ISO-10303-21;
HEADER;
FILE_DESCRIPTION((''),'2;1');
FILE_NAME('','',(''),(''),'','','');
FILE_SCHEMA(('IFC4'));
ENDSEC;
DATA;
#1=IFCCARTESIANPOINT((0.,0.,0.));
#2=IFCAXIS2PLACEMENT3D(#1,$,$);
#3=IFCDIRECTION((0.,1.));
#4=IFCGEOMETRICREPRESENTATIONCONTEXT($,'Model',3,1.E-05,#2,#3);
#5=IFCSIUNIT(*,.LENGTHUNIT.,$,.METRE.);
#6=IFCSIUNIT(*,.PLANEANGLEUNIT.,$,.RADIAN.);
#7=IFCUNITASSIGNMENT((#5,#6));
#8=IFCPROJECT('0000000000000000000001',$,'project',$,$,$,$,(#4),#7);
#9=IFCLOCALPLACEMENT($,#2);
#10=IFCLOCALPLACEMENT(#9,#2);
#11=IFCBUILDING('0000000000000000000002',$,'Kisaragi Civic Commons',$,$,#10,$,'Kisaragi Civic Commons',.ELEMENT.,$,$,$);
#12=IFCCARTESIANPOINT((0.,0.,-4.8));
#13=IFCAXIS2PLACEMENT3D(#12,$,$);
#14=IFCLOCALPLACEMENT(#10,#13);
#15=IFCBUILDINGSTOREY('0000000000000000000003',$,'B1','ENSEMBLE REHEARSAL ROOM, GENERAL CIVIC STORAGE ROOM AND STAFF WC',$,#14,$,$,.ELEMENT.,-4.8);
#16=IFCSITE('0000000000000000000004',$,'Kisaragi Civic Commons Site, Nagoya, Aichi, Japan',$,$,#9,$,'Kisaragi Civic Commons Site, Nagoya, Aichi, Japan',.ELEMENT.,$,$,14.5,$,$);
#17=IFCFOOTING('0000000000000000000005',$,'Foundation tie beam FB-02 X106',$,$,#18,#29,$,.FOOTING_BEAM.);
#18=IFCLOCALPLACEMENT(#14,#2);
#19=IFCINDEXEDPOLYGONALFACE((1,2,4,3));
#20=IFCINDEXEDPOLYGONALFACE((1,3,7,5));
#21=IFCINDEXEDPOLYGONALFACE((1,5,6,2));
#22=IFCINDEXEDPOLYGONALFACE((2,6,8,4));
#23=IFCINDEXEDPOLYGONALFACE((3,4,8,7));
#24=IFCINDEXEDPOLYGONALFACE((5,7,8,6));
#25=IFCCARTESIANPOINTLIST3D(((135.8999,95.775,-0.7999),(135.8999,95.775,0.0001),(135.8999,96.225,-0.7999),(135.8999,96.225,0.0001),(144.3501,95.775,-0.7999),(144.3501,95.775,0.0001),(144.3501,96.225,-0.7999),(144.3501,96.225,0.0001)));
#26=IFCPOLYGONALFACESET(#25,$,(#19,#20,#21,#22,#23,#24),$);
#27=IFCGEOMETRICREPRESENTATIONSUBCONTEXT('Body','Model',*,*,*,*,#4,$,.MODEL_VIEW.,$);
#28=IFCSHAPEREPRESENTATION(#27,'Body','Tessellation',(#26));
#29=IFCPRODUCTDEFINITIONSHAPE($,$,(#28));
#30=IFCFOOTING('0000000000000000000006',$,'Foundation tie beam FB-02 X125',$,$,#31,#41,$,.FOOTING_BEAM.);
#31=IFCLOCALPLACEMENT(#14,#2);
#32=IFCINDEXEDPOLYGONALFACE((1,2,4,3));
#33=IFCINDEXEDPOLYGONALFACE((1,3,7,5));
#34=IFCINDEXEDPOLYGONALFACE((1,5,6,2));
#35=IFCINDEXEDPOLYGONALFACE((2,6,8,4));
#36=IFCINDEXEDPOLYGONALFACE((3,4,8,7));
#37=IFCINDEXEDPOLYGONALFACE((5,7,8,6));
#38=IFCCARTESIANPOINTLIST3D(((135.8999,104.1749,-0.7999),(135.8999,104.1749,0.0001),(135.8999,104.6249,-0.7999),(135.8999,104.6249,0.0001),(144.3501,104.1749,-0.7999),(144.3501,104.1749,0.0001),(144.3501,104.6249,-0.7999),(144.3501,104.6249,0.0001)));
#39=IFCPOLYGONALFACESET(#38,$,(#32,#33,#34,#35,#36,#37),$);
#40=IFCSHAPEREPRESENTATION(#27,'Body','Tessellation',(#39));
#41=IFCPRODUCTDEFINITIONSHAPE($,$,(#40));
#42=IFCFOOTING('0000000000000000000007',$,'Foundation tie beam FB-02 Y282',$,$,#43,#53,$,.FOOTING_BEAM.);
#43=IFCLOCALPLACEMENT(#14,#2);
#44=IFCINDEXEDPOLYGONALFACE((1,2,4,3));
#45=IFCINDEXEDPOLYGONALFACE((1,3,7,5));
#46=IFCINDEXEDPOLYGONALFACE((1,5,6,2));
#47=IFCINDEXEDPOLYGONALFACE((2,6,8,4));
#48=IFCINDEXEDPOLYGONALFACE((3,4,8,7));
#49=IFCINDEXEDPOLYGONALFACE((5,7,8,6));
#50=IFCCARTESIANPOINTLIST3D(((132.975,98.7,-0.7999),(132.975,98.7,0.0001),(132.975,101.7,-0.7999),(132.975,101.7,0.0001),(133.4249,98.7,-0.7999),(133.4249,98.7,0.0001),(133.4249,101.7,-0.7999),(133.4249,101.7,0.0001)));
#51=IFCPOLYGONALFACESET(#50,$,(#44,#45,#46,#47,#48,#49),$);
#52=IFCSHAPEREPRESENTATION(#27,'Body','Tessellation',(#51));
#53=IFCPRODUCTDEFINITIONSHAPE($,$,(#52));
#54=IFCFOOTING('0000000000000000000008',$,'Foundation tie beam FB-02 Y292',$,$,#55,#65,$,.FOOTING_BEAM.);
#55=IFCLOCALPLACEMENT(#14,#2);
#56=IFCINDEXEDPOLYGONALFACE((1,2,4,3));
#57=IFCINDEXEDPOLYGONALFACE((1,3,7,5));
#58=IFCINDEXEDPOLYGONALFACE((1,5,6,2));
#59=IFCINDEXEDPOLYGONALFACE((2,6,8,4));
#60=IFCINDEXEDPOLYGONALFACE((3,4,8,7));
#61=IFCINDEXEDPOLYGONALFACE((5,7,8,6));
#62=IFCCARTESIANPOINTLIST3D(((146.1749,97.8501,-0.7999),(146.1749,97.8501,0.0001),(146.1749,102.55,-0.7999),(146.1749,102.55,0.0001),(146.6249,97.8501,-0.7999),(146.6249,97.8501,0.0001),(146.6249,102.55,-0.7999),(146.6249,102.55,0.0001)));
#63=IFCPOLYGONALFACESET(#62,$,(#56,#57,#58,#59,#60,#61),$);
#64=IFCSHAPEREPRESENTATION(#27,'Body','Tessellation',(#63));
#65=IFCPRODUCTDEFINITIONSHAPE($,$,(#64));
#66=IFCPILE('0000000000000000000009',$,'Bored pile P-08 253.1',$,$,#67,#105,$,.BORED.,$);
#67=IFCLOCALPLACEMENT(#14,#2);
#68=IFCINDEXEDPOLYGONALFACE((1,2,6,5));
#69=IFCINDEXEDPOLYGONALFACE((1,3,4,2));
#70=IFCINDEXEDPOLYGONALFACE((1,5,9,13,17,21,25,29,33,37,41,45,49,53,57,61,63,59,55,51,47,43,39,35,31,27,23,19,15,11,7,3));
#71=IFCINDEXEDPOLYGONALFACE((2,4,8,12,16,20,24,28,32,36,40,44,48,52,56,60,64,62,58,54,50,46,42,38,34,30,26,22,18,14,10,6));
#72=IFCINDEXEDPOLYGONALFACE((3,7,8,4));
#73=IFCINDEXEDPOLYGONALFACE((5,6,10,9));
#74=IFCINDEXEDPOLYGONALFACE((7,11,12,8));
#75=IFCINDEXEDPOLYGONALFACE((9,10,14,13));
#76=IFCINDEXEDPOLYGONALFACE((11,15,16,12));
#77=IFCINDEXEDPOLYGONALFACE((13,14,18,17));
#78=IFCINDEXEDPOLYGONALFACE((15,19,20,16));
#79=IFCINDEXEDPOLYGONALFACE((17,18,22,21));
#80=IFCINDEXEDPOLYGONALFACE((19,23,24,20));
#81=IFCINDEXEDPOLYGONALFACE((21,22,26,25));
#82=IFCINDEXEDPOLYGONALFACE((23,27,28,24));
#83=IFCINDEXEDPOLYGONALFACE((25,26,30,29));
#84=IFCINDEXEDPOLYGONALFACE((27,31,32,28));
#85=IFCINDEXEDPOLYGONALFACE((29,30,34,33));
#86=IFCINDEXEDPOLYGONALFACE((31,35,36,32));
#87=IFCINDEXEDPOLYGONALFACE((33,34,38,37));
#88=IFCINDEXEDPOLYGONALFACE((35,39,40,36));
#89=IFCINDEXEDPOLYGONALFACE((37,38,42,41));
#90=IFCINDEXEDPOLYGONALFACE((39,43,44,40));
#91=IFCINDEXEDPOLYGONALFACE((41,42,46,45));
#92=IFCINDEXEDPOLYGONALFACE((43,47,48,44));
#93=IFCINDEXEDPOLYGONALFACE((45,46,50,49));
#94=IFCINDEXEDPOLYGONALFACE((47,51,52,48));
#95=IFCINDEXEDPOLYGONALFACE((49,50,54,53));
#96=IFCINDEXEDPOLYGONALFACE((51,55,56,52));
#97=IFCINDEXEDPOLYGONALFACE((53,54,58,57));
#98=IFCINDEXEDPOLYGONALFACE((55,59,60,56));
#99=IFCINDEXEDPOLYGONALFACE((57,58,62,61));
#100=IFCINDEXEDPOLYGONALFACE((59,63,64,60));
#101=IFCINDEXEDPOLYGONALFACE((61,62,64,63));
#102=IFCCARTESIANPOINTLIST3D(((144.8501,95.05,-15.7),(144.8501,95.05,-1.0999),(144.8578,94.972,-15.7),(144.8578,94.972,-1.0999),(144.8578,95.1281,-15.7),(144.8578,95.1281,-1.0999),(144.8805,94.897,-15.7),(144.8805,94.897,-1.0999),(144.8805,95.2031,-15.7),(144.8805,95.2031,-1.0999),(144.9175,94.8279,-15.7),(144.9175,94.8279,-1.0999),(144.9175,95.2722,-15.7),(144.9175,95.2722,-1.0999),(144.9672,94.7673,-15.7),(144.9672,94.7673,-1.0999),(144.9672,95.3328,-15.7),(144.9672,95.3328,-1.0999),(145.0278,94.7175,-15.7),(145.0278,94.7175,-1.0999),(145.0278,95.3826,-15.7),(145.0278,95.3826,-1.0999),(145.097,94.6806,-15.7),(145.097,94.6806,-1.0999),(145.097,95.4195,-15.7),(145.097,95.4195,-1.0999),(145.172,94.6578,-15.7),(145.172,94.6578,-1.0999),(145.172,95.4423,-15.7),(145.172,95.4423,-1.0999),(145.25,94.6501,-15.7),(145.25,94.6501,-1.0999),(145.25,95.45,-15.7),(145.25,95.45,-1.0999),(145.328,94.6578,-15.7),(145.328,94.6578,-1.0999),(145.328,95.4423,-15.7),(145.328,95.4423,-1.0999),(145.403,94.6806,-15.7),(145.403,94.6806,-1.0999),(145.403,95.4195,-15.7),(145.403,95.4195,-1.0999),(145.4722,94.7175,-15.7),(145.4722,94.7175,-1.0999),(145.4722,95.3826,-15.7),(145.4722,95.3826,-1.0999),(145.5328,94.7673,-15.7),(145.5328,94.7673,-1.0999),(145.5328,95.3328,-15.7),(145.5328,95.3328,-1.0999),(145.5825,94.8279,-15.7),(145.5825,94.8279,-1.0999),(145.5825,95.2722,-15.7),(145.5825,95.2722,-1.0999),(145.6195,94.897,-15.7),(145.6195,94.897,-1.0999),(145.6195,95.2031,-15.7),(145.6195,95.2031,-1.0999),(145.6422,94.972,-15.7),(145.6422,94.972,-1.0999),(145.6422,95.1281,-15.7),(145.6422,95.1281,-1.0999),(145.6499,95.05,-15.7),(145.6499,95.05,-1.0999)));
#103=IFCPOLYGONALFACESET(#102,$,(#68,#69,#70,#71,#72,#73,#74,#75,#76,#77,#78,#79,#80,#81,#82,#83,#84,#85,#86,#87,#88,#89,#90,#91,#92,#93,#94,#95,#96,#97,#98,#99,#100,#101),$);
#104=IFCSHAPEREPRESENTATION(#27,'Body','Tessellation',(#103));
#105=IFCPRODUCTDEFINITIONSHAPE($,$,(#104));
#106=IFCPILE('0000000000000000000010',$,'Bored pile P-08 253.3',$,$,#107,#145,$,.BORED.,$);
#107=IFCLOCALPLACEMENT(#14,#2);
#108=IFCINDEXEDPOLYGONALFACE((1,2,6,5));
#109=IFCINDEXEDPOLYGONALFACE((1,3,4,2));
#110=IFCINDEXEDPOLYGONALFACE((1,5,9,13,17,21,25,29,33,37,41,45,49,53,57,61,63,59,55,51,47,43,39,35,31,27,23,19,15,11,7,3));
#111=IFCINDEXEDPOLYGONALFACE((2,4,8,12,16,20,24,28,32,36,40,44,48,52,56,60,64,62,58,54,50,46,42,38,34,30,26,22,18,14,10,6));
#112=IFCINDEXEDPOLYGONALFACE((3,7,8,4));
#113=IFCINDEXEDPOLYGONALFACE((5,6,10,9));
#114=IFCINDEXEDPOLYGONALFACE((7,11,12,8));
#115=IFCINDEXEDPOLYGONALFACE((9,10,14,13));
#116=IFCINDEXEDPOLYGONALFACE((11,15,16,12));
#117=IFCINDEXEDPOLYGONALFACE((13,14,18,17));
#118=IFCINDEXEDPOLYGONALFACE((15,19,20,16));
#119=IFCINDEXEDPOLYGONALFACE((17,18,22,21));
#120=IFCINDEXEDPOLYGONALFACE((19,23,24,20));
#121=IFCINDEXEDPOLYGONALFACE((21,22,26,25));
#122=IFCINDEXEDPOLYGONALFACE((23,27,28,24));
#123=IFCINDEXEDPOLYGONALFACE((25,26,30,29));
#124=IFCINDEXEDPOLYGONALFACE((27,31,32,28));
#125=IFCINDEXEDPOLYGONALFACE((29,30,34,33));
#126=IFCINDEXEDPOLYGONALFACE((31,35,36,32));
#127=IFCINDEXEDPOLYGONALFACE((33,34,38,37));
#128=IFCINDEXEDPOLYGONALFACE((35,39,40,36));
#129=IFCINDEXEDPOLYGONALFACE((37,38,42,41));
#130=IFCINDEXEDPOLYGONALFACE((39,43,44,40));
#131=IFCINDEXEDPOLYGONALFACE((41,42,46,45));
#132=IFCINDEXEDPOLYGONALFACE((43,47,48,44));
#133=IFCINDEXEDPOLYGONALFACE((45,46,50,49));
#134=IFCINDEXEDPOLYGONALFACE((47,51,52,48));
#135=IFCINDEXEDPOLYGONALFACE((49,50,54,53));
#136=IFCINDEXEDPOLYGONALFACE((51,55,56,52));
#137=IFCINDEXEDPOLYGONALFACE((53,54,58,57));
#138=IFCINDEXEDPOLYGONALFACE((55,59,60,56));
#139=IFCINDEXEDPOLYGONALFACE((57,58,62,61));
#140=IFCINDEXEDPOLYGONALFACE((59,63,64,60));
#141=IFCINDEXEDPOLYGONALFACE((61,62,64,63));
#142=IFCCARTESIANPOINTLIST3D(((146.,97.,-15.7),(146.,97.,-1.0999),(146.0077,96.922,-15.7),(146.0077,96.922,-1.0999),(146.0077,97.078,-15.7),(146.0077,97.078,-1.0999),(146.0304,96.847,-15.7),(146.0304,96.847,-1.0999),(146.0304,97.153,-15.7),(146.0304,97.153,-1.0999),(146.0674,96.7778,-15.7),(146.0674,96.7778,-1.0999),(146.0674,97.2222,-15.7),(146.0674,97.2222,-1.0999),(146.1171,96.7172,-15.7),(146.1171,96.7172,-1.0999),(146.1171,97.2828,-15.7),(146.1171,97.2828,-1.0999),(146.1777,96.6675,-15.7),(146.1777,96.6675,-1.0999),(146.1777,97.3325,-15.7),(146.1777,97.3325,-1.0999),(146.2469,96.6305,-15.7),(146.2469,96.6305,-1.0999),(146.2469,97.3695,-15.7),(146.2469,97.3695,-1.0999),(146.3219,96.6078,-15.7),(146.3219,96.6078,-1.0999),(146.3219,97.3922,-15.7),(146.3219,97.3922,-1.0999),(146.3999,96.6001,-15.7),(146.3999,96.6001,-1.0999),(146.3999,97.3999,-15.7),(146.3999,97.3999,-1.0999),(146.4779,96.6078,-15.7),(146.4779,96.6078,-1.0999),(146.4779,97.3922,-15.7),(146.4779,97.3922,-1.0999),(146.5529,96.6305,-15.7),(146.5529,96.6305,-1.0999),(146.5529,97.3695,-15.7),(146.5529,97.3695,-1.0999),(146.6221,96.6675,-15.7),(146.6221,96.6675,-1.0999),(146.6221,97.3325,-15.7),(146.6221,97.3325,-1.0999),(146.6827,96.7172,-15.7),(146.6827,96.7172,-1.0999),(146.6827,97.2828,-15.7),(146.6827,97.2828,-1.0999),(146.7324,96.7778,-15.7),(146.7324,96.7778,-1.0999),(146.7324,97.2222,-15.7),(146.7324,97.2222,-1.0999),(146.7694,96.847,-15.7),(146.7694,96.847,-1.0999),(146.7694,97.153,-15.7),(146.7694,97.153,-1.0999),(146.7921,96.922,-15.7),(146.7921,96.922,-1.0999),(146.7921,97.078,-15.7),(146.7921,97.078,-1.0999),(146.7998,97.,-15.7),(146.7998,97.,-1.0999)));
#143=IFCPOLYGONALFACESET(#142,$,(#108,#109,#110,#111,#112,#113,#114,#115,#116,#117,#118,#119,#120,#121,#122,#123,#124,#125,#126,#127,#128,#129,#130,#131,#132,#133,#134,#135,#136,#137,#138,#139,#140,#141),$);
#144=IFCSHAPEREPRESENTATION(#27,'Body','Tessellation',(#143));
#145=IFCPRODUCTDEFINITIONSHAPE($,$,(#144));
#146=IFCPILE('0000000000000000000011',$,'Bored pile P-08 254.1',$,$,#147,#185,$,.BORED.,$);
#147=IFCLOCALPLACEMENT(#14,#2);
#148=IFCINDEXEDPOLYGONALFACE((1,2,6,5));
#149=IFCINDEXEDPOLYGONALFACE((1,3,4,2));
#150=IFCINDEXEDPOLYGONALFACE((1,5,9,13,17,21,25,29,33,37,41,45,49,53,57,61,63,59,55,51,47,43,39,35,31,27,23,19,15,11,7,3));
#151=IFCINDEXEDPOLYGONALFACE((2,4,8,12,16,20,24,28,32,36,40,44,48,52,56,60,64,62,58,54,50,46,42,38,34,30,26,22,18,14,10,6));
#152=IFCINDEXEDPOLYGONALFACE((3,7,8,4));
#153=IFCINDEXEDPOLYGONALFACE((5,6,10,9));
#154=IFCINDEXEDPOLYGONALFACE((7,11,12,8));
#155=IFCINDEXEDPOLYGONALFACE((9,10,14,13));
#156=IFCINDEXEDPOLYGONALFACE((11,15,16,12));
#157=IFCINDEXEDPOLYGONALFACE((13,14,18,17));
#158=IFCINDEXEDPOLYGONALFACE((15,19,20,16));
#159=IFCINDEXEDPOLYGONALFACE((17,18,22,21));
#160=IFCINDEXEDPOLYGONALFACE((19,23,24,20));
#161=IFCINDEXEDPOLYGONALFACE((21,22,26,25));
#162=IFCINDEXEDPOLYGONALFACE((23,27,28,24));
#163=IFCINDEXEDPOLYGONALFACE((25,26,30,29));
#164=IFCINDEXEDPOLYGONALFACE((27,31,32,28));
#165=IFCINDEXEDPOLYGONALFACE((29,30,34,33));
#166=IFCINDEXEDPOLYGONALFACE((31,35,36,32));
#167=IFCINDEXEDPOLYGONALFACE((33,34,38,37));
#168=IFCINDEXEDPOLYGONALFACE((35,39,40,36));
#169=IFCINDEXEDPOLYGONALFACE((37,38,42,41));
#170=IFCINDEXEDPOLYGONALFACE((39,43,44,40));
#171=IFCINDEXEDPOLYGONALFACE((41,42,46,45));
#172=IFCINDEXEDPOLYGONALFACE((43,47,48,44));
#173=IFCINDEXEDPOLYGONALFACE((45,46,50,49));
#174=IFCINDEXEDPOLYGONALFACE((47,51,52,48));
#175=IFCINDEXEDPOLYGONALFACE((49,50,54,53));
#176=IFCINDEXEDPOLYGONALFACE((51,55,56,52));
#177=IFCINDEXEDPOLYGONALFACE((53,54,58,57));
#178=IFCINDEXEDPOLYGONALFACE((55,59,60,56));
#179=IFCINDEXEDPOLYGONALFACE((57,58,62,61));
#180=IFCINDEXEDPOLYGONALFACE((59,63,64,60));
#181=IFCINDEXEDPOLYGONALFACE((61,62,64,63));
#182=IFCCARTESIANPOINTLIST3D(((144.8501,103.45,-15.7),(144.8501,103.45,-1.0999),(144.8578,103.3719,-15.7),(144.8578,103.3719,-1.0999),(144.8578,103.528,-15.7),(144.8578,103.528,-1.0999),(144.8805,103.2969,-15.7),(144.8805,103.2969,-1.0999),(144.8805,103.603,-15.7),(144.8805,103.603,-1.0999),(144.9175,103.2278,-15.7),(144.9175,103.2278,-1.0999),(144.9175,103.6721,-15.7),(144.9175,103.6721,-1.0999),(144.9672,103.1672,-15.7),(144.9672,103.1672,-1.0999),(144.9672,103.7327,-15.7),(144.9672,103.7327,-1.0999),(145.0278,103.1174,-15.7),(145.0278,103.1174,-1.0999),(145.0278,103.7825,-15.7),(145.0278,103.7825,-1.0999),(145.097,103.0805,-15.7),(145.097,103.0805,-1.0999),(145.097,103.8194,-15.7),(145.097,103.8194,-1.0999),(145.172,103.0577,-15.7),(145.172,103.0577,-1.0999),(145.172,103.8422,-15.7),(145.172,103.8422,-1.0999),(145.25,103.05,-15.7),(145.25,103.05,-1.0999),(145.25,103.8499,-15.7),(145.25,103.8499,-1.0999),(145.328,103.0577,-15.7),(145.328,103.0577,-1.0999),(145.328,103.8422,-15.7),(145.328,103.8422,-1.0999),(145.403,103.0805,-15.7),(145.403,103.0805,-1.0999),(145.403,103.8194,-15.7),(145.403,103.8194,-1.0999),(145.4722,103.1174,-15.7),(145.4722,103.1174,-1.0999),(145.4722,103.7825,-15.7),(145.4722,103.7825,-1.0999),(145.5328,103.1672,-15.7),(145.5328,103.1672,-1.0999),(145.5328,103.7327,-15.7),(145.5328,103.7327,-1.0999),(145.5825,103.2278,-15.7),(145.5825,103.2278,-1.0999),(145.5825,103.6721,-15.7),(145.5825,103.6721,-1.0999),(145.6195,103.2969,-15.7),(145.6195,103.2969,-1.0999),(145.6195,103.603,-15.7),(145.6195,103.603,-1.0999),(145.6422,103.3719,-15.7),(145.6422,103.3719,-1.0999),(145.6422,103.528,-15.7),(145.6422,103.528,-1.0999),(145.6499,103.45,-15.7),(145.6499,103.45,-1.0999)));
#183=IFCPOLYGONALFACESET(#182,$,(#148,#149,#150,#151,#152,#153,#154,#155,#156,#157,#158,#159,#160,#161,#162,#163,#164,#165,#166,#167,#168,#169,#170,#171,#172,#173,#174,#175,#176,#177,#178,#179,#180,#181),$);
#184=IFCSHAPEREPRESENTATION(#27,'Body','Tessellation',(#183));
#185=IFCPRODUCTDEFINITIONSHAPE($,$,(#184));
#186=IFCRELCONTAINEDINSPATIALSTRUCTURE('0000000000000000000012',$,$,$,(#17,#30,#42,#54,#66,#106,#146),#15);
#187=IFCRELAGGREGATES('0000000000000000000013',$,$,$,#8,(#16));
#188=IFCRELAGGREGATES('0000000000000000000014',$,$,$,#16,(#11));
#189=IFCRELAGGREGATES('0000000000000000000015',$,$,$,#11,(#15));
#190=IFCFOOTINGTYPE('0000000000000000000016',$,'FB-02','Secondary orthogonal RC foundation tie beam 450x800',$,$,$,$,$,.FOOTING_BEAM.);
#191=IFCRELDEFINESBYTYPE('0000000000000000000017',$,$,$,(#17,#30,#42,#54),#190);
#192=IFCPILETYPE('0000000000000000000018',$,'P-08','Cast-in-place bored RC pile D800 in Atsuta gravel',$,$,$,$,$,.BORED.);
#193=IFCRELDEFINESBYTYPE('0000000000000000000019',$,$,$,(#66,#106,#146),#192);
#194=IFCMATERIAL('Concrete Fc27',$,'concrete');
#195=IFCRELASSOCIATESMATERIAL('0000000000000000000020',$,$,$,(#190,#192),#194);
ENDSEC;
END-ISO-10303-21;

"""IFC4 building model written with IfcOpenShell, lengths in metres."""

from ifc_helpers import new_model, si_unit, direction, frame, origin, origin_2d, place, context, subcontext, project, spatial, rectangle, circle, extrude, material, material_profile, profile_set, type_object, element, save


model = new_model("IFC4")

# Units and contexts
model_context = context("Model", 3, precision=1e-05, world=origin(), true_north=direction((0.0, 1.0)))
body_context = subcontext(model_context, "Body", "Model", "MODEL_VIEW")
ifc_project = project(units=[si_unit("LENGTHUNIT", "METRE"), si_unit("PLANEANGLEUNIT", "RADIAN")], contexts=[model_context])

# Site, building, storey
site_placement = place(None, origin())
site = spatial("IfcSite", under=ifc_project, at=site_placement, Name="Kisaragi Civic Commons Site, Nagoya, Aichi, Japan", LongName="Kisaragi Civic Commons Site, Nagoya, Aichi, Japan", CompositionType="ELEMENT", RefElevation=14.5)
building_placement = place(site_placement, origin())
building = spatial("IfcBuilding", under=site, at=building_placement, Name="Kisaragi Civic Commons", LongName="Kisaragi Civic Commons", CompositionType="ELEMENT")
storey_placement = place(building_placement, frame((0.0, 0.0, -4.8)))
storey = spatial("IfcBuildingStorey", under=building, at=storey_placement, Name="B1", Description="ENSEMBLE REHEARSAL ROOM, GENERAL CIVIC STORAGE ROOM AND STAFF WC", CompositionType="ELEMENT", Elevation=-4.8)

# Footings
ifc_material_1 = material(Name="Concrete Fc27", Category="concrete")
ifc_material_profile_1 = material_profile(ifc_material_1, rectangle(XDim=0.45, YDim=0.8, at=origin_2d()), Name="RC-450x800", Category="concrete")
ifc_profile_set_1 = profile_set([ifc_material_profile_1], Name="Concrete Fc27")
footing_type_1 = type_object("IfcFootingType", Name="FB-02", Description="Secondary orthogonal RC foundation tie beam 450x800", PredefinedType="FOOTING_BEAM", material=ifc_profile_set_1)
for number, where, z_axis, x_axis, name in (
    (1, (135.8999, 96.0, -0.3999), (1.0, 0.0, 0.0), (0.0, 1.0, 0.0), "Foundation tie beam FB-02 X106"),
    (2, (135.8999, 104.3999, -0.3999), (1.0, 0.0, 0.0), (0.0, 1.0, 0.0), "Foundation tie beam FB-02 X125"),
):
    element("IfcFooting", number, at=place(storey_placement, frame(where, z_axis=z_axis, x_axis=x_axis)), inside=storey, type_object=footing_type_1, Name=name, PredefinedType="FOOTING_BEAM", context=body_context, shape_type="SweptSolid", body=[
        extrude(rectangle(XDim=0.45, YDim=0.8, at=origin_2d()), origin(), (0.0, 0.0, 1.0), 8.4502),
    ])
footing_1_placement = place(storey_placement, frame((133.2, 98.7, -0.3999), z_axis=(0.0, 1.0, 0.0), x_axis=(-1.0, 0.0, 0.0)))
element("IfcFooting", 3, at=footing_1_placement, inside=storey, type_object=footing_type_1, Name="Foundation tie beam FB-02 Y282", PredefinedType="FOOTING_BEAM", context=body_context, shape_type="SweptSolid", body=[
    extrude(rectangle(XDim=0.45, YDim=0.8, at=origin_2d()), origin(), (0.0, 0.0, 1.0), 3.0),
])
footing_2_placement = place(storey_placement, frame((146.3999, 97.8501, -0.3999), z_axis=(0.0, 1.0, 0.0), x_axis=(-1.0, 0.0, 0.0)))
element("IfcFooting", 4, at=footing_2_placement, inside=storey, type_object=footing_type_1, Name="Foundation tie beam FB-02 Y292", PredefinedType="FOOTING_BEAM", context=body_context, shape_type="SweptSolid", body=[
    extrude(rectangle(XDim=0.45, YDim=0.8, at=origin_2d()), origin(), (0.0, 0.0, 1.0), 4.7),
])

# Piles
ifc_material_profile_2 = material_profile(ifc_material_1, circle(Radius=0.3999, at=origin_2d()), Name="PILE-D800", Category="concrete")
ifc_profile_set_2 = profile_set([ifc_material_profile_2], Name="Concrete Fc27")
pile_type_1 = type_object("IfcPileType", Name="P-08", Description="Cast-in-place bored RC pile D800 in Atsuta gravel", PredefinedType="BORED", material=ifc_profile_set_2)
for number, where, z_axis, x_axis, name in (
    (5, (145.25, 95.05, -1.0999), (0.0, 0.0, -1.0), (1.0, 0.0, 0.0), "Bored pile P-08 253.1"),
    (6, (146.3999, 97.0, -1.0999), (0.0, 0.0, -1.0), (1.0, 0.0, 0.0), "Bored pile P-08 253.3"),
    (7, (145.25, 103.45, -1.0999), (0.0, 0.0, -1.0), (1.0, 0.0, 0.0), "Bored pile P-08 254.1"),
):
    element("IfcPile", number, at=place(storey_placement, frame(where, z_axis=z_axis, x_axis=x_axis)), inside=storey, type_object=pile_type_1, Name=name, PredefinedType="BORED", context=body_context, shape_type="SweptSolid", body=[
        extrude(circle(Radius=0.3999, at=origin_2d()), origin(), (0.0, 0.0, 1.0), 14.6001),
    ])

save(model, "model.ifc")
